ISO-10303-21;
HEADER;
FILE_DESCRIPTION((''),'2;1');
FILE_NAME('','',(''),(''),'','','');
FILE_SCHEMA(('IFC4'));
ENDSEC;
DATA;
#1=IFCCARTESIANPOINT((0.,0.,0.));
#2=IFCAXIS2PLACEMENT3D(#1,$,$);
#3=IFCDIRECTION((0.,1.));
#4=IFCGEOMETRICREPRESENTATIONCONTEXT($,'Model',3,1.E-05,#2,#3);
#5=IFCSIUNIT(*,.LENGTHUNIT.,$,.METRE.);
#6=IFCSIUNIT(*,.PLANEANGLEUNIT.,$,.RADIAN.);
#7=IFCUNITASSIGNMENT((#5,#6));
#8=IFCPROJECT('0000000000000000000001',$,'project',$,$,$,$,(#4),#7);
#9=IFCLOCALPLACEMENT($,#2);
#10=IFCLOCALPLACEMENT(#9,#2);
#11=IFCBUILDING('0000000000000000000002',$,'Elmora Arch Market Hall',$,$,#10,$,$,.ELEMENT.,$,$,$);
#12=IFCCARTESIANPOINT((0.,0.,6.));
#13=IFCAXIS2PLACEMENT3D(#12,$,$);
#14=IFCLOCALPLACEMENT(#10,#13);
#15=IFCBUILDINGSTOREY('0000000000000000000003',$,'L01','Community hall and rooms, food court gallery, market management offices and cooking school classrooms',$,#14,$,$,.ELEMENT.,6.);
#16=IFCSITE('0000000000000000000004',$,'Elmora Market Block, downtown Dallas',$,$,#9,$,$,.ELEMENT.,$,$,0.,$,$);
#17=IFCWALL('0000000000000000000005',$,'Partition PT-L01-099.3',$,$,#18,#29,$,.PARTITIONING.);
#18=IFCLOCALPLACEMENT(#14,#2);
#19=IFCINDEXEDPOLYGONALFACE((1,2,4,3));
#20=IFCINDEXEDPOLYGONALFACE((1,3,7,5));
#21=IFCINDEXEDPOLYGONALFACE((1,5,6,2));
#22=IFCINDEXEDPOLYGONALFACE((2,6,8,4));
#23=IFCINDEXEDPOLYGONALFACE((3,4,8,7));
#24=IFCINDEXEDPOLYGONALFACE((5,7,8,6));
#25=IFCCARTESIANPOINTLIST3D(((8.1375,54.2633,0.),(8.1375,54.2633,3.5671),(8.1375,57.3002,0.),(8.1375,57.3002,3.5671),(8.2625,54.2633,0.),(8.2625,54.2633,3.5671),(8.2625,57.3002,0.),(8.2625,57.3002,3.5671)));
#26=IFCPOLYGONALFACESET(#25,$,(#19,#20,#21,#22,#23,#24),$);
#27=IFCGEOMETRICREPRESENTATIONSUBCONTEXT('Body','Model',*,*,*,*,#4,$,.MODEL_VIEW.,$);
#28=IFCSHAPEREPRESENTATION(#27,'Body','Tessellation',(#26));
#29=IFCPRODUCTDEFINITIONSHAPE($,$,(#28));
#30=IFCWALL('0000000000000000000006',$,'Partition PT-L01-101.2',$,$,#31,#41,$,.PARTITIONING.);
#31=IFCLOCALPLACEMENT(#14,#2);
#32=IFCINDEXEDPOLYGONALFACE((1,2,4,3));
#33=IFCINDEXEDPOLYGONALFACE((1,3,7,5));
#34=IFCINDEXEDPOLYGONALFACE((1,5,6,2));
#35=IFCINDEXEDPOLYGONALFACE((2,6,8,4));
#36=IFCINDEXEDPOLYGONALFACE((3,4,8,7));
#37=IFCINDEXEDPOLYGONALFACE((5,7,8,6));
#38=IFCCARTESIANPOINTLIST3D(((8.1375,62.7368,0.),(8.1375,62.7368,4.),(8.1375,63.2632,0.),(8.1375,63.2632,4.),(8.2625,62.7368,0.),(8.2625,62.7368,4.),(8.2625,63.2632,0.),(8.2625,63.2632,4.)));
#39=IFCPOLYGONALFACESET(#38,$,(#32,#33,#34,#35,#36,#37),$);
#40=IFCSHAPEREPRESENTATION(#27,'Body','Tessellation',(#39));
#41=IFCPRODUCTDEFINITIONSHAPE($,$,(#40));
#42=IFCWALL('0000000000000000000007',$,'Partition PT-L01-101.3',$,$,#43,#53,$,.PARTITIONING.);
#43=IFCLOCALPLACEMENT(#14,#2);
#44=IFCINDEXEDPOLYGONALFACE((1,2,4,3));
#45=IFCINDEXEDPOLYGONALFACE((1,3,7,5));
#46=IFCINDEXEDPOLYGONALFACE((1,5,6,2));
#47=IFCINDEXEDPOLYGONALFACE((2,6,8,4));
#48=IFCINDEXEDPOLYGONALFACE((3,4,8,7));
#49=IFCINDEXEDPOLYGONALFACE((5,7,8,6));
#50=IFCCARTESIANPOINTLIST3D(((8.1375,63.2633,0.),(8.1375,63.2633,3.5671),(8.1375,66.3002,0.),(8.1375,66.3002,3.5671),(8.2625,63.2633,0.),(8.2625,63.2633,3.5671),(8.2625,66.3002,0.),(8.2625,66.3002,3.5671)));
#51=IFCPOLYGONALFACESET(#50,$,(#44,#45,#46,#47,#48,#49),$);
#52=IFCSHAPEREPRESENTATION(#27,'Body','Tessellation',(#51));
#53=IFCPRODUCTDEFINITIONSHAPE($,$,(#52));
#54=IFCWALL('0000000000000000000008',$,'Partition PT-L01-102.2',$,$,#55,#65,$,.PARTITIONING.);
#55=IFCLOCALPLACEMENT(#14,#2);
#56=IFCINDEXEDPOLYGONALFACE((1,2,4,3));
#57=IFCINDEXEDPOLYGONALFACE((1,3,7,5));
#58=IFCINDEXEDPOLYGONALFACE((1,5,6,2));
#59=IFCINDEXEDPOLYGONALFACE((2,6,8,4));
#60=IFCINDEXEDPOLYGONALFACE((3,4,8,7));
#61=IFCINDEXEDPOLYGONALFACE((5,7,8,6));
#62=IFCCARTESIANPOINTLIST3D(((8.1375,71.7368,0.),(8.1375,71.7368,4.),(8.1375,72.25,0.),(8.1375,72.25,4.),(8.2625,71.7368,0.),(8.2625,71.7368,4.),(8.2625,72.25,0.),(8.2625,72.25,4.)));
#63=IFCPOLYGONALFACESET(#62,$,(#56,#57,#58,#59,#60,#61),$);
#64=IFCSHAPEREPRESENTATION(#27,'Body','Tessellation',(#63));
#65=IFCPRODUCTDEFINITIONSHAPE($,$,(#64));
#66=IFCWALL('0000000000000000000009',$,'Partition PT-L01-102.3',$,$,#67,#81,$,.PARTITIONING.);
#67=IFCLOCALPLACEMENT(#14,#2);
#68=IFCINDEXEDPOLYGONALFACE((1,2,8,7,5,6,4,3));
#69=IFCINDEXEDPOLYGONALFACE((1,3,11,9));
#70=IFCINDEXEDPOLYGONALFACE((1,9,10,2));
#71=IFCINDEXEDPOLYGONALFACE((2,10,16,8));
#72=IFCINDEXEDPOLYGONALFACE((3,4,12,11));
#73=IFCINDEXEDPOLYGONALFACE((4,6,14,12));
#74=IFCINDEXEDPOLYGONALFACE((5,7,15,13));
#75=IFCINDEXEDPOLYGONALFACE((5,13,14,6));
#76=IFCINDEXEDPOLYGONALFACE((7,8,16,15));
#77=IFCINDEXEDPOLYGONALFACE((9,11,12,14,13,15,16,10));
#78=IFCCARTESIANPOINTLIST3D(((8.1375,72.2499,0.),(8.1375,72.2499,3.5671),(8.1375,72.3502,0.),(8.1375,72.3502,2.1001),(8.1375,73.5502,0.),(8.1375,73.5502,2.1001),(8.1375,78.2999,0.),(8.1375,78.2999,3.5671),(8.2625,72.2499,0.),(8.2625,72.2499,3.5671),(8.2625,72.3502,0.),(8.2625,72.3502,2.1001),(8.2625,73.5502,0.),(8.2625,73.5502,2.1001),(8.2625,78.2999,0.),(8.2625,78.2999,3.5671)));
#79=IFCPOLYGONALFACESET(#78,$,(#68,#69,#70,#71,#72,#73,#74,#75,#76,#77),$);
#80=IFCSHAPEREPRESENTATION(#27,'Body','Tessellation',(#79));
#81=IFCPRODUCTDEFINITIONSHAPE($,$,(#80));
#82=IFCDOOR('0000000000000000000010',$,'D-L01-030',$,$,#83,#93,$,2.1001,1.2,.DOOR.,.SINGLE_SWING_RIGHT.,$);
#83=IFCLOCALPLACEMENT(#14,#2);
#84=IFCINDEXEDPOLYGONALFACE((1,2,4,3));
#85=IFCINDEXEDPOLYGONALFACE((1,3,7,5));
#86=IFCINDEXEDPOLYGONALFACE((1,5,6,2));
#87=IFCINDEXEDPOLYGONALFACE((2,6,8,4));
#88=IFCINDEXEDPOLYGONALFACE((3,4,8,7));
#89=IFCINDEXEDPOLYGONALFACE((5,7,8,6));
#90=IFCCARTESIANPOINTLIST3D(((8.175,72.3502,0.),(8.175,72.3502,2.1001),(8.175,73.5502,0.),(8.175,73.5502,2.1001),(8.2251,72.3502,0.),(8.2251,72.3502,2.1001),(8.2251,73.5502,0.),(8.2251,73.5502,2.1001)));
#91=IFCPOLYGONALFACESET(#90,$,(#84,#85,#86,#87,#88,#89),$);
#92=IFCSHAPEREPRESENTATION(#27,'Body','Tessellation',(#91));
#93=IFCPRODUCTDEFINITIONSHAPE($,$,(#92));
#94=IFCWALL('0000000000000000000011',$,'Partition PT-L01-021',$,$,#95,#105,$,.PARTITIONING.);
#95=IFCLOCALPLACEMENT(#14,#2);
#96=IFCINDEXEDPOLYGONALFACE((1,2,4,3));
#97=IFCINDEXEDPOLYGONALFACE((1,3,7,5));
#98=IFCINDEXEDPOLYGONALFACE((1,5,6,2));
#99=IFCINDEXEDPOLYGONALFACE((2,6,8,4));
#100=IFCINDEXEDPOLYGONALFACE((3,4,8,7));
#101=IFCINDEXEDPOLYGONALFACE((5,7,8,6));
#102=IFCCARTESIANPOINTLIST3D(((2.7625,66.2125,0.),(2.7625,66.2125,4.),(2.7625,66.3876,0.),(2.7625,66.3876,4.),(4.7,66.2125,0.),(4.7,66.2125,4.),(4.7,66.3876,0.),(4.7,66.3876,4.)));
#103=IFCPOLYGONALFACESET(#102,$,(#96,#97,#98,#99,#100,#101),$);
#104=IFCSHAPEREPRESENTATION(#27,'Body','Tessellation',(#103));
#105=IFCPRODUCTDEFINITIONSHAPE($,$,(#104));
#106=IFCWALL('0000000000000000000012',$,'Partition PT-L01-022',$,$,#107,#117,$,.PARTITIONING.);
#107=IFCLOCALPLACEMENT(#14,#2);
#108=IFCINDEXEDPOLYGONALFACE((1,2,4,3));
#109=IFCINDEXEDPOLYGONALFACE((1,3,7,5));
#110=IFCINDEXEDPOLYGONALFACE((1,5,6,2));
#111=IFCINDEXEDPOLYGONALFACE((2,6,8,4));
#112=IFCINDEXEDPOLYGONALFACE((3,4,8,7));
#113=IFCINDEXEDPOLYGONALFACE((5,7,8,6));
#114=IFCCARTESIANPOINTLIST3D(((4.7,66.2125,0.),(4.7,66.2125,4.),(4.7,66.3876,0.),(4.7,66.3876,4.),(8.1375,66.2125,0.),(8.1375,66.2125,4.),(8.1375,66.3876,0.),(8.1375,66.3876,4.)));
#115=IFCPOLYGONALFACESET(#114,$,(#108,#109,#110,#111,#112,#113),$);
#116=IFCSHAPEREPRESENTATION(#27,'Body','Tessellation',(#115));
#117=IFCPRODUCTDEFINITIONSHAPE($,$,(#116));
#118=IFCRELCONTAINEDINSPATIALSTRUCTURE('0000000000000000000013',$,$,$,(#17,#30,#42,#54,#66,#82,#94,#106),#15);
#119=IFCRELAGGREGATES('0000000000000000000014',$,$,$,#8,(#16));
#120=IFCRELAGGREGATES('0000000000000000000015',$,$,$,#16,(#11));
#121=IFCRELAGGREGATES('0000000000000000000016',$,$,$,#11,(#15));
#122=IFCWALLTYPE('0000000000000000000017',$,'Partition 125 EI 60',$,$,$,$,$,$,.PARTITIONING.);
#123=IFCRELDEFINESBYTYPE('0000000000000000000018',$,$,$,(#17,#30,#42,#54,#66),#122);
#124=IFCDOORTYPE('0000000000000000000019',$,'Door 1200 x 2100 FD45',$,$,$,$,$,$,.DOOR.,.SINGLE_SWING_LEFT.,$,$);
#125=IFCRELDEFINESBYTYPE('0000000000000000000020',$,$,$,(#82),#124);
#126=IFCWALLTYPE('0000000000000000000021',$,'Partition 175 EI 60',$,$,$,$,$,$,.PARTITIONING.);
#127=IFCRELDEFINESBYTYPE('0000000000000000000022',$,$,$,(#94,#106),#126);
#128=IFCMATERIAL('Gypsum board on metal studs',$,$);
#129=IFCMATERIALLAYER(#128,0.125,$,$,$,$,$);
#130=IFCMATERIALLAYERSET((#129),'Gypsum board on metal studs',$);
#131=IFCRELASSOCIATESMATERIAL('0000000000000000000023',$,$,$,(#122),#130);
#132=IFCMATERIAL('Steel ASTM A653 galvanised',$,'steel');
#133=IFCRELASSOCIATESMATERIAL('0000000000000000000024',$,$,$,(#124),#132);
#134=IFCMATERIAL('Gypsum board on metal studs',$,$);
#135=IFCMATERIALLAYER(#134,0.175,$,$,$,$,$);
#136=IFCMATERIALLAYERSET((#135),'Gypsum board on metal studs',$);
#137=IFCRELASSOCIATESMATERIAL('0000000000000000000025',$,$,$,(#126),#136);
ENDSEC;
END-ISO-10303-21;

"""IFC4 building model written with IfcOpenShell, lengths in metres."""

from ifc_helpers import new_model, si_unit, direction, frame, frame_2d, origin, place, context, subcontext, project, spatial, rectangle, extrude, material, layer, layer_set, type_object, element, fill, save


model = new_model("IFC4")

# Units and contexts
model_context = context("Model", 3, precision=1e-05, world=origin(), true_north=direction((0.0, 1.0)))
body_context = subcontext(model_context, "Body", "Model", "MODEL_VIEW")
ifc_project = project(units=[si_unit("LENGTHUNIT", "METRE"), si_unit("PLANEANGLEUNIT", "RADIAN")], contexts=[model_context])

# Site, building, storey
site_placement = place(None, origin())
site = spatial("IfcSite", under=ifc_project, at=site_placement, Name="Elmora Market Block, downtown Dallas", CompositionType="ELEMENT", RefElevation=0.0)
building_placement = place(site_placement, origin())
building = spatial("IfcBuilding", under=site, at=building_placement, Name="Elmora Arch Market Hall", CompositionType="ELEMENT")
storey_placement = place(building_placement, frame((0.0, 0.0, 6.0)))
storey = spatial("IfcBuildingStorey", under=building, at=storey_placement, Name="L01", Description="Community hall and rooms, food court gallery, market management offices and cooking school classrooms", CompositionType="ELEMENT", Elevation=6.0)

# Shared definitions
ifc_material_1 = material(Name="Gypsum board on metal studs")
ifc_layer_1 = layer(ifc_material_1, 0.125)
ifc_layer_set_1 = layer_set([ifc_layer_1], Name="Gypsum board on metal studs")
wall_type_1 = type_object("IfcWallType", Name="Partition 125 EI 60", PredefinedType="PARTITIONING", material=ifc_layer_set_1)

# Walls
wall_1_placement = place(storey_placement, frame((8.2, 54.2632, 0.0), z_axis=(0.0, 0.0, 1.0), x_axis=(0.0, 1.0, 0.0)))
element("IfcWall", 1, at=wall_1_placement, inside=storey, type_object=wall_type_1, Name="Partition PT-L01-099.3", PredefinedType="PARTITIONING", context=body_context, shape_type="SweptSolid", body=[
    extrude(rectangle(XDim=3.0369, YDim=0.125, at=frame_2d((1.5186, 0.0))), origin(), (0.0, 0.0, 1.0), 3.5671),
])
wall_2_placement = place(storey_placement, frame((8.2, 62.7368, 0.0), z_axis=(0.0, 0.0, 1.0), x_axis=(0.0, 1.0, 0.0)))
element("IfcWall", 2, at=wall_2_placement, inside=storey, type_object=wall_type_1, Name="Partition PT-L01-101.2", PredefinedType="PARTITIONING", context=body_context, shape_type="SweptSolid", body=[
    extrude(rectangle(XDim=0.5264, YDim=0.125, at=frame_2d((0.2632, 0.0))), origin(), (0.0, 0.0, 1.0), 4.0),
])
wall_3_placement = place(storey_placement, frame((8.2, 63.2632, 0.0), z_axis=(0.0, 0.0, 1.0), x_axis=(0.0, 1.0, 0.0)))
element("IfcWall", 3, at=wall_3_placement, inside=storey, type_object=wall_type_1, Name="Partition PT-L01-101.3", PredefinedType="PARTITIONING", context=body_context, shape_type="SweptSolid", body=[
    extrude(rectangle(XDim=3.0369, YDim=0.125, at=frame_2d((1.5186, 0.0))), origin(), (0.0, 0.0, 1.0), 3.5671),
])
wall_4_placement = place(storey_placement, frame((8.2, 71.7368, 0.0), z_axis=(0.0, 0.0, 1.0), x_axis=(0.0, 1.0, 0.0)))
element("IfcWall", 4, at=wall_4_placement, inside=storey, type_object=wall_type_1, Name="Partition PT-L01-102.2", PredefinedType="PARTITIONING", context=body_context, shape_type="SweptSolid", body=[
    extrude(rectangle(XDim=0.5132, YDim=0.125, at=frame_2d((0.2566, 0.0))), origin(), (0.0, 0.0, 1.0), 4.0),
])

# Wall, opening, door
wall_5_placement = place(storey_placement, frame((8.2, 72.25, 0.0), z_axis=(0.0, 0.0, 1.0), x_axis=(0.0, 1.0, 0.0)))
wall_5 = element("IfcWall", 5, at=wall_5_placement, inside=storey, type_object=wall_type_1, Name="Partition PT-L01-102.3", PredefinedType="PARTITIONING", context=body_context, shape_type="SweptSolid", body=[
    extrude(rectangle(XDim=6.05, YDim=0.125, at=frame_2d((3.0249, 0.0))), origin(), (0.0, 0.0, 1.0), 3.5671),
])
opening_1_placement = place(wall_5_placement, frame((0.1001, 0.0, 0.0)))
opening_1 = element("IfcOpeningElement", 6, at=opening_1_placement, cuts=wall_5, PredefinedType="OPENING", context=body_context, shape_type="SweptSolid", body=[
    extrude(rectangle(XDim=1.2, YDim=2.1001, at=frame_2d((0.6001, 1.05))), frame((0.0, 0.0725, 0.0), z_axis=(0.0, -1.0, 0.0), x_axis=(1.0, 0.0, 0.0)), (0.0, 0.0, 1.0), 0.145),
])
ifc_material_2 = material(Name="Steel ASTM A653 galvanised", Category="steel")
door_type_1 = type_object("IfcDoorType", Name="Door 1200 x 2100 FD45", OperationType="SINGLE_SWING_LEFT", PredefinedType="DOOR", material=ifc_material_2)
door_1_placement = place(opening_1_placement, origin())
door_1 = element("IfcDoor", 7, at=door_1_placement, inside=storey, type_object=door_type_1, Name="D-L01-030", OperationType="SINGLE_SWING_RIGHT", OverallHeight=2.1001, OverallWidth=1.2, PredefinedType="DOOR", context=body_context, shape_type="SweptSolid", body=[
    extrude(rectangle(XDim=1.2, YDim=2.1001, at=frame_2d((0.6001, 1.05))), frame((0.0, 0.0249, 0.0), z_axis=(0.0, -1.0, 0.0), x_axis=(1.0, 0.0, 0.0)), (0.0, 0.0, 1.0), 0.05),
])
fill(opening_1, door_1)

# Walls
ifc_material_3 = material(Name="Gypsum board on metal studs")
ifc_layer_2 = layer(ifc_material_3, 0.175)
ifc_layer_set_2 = layer_set([ifc_layer_2], Name="Gypsum board on metal studs")
wall_type_2 = type_object("IfcWallType", Name="Partition 175 EI 60", PredefinedType="PARTITIONING", material=ifc_layer_set_2)
wall_6_placement = place(storey_placement, frame((2.7625, 66.3, 0.0), z_axis=(0.0, 0.0, 1.0), x_axis=(1.0, 0.0, 0.0)))
element("IfcWall", 8, at=wall_6_placement, inside=storey, type_object=wall_type_2, Name="Partition PT-L01-021", PredefinedType="PARTITIONING", context=body_context, shape_type="SweptSolid", body=[
    extrude(rectangle(XDim=1.9375, YDim=0.175, at=frame_2d((0.9688, 0.0))), origin(), (0.0, 0.0, 1.0), 4.0),
])
wall_7_placement = place(storey_placement, frame((4.7, 66.3, 0.0), z_axis=(0.0, 0.0, 1.0), x_axis=(1.0, 0.0, 0.0)))
element("IfcWall", 9, at=wall_7_placement, inside=storey, type_object=wall_type_2, Name="Partition PT-L01-022", PredefinedType="PARTITIONING", context=body_context, shape_type="SweptSolid", body=[
    extrude(rectangle(XDim=3.4375, YDim=0.175, at=frame_2d((1.7188, 0.0))), origin(), (0.0, 0.0, 1.0), 4.0),
])

save(model, "model.ifc")
